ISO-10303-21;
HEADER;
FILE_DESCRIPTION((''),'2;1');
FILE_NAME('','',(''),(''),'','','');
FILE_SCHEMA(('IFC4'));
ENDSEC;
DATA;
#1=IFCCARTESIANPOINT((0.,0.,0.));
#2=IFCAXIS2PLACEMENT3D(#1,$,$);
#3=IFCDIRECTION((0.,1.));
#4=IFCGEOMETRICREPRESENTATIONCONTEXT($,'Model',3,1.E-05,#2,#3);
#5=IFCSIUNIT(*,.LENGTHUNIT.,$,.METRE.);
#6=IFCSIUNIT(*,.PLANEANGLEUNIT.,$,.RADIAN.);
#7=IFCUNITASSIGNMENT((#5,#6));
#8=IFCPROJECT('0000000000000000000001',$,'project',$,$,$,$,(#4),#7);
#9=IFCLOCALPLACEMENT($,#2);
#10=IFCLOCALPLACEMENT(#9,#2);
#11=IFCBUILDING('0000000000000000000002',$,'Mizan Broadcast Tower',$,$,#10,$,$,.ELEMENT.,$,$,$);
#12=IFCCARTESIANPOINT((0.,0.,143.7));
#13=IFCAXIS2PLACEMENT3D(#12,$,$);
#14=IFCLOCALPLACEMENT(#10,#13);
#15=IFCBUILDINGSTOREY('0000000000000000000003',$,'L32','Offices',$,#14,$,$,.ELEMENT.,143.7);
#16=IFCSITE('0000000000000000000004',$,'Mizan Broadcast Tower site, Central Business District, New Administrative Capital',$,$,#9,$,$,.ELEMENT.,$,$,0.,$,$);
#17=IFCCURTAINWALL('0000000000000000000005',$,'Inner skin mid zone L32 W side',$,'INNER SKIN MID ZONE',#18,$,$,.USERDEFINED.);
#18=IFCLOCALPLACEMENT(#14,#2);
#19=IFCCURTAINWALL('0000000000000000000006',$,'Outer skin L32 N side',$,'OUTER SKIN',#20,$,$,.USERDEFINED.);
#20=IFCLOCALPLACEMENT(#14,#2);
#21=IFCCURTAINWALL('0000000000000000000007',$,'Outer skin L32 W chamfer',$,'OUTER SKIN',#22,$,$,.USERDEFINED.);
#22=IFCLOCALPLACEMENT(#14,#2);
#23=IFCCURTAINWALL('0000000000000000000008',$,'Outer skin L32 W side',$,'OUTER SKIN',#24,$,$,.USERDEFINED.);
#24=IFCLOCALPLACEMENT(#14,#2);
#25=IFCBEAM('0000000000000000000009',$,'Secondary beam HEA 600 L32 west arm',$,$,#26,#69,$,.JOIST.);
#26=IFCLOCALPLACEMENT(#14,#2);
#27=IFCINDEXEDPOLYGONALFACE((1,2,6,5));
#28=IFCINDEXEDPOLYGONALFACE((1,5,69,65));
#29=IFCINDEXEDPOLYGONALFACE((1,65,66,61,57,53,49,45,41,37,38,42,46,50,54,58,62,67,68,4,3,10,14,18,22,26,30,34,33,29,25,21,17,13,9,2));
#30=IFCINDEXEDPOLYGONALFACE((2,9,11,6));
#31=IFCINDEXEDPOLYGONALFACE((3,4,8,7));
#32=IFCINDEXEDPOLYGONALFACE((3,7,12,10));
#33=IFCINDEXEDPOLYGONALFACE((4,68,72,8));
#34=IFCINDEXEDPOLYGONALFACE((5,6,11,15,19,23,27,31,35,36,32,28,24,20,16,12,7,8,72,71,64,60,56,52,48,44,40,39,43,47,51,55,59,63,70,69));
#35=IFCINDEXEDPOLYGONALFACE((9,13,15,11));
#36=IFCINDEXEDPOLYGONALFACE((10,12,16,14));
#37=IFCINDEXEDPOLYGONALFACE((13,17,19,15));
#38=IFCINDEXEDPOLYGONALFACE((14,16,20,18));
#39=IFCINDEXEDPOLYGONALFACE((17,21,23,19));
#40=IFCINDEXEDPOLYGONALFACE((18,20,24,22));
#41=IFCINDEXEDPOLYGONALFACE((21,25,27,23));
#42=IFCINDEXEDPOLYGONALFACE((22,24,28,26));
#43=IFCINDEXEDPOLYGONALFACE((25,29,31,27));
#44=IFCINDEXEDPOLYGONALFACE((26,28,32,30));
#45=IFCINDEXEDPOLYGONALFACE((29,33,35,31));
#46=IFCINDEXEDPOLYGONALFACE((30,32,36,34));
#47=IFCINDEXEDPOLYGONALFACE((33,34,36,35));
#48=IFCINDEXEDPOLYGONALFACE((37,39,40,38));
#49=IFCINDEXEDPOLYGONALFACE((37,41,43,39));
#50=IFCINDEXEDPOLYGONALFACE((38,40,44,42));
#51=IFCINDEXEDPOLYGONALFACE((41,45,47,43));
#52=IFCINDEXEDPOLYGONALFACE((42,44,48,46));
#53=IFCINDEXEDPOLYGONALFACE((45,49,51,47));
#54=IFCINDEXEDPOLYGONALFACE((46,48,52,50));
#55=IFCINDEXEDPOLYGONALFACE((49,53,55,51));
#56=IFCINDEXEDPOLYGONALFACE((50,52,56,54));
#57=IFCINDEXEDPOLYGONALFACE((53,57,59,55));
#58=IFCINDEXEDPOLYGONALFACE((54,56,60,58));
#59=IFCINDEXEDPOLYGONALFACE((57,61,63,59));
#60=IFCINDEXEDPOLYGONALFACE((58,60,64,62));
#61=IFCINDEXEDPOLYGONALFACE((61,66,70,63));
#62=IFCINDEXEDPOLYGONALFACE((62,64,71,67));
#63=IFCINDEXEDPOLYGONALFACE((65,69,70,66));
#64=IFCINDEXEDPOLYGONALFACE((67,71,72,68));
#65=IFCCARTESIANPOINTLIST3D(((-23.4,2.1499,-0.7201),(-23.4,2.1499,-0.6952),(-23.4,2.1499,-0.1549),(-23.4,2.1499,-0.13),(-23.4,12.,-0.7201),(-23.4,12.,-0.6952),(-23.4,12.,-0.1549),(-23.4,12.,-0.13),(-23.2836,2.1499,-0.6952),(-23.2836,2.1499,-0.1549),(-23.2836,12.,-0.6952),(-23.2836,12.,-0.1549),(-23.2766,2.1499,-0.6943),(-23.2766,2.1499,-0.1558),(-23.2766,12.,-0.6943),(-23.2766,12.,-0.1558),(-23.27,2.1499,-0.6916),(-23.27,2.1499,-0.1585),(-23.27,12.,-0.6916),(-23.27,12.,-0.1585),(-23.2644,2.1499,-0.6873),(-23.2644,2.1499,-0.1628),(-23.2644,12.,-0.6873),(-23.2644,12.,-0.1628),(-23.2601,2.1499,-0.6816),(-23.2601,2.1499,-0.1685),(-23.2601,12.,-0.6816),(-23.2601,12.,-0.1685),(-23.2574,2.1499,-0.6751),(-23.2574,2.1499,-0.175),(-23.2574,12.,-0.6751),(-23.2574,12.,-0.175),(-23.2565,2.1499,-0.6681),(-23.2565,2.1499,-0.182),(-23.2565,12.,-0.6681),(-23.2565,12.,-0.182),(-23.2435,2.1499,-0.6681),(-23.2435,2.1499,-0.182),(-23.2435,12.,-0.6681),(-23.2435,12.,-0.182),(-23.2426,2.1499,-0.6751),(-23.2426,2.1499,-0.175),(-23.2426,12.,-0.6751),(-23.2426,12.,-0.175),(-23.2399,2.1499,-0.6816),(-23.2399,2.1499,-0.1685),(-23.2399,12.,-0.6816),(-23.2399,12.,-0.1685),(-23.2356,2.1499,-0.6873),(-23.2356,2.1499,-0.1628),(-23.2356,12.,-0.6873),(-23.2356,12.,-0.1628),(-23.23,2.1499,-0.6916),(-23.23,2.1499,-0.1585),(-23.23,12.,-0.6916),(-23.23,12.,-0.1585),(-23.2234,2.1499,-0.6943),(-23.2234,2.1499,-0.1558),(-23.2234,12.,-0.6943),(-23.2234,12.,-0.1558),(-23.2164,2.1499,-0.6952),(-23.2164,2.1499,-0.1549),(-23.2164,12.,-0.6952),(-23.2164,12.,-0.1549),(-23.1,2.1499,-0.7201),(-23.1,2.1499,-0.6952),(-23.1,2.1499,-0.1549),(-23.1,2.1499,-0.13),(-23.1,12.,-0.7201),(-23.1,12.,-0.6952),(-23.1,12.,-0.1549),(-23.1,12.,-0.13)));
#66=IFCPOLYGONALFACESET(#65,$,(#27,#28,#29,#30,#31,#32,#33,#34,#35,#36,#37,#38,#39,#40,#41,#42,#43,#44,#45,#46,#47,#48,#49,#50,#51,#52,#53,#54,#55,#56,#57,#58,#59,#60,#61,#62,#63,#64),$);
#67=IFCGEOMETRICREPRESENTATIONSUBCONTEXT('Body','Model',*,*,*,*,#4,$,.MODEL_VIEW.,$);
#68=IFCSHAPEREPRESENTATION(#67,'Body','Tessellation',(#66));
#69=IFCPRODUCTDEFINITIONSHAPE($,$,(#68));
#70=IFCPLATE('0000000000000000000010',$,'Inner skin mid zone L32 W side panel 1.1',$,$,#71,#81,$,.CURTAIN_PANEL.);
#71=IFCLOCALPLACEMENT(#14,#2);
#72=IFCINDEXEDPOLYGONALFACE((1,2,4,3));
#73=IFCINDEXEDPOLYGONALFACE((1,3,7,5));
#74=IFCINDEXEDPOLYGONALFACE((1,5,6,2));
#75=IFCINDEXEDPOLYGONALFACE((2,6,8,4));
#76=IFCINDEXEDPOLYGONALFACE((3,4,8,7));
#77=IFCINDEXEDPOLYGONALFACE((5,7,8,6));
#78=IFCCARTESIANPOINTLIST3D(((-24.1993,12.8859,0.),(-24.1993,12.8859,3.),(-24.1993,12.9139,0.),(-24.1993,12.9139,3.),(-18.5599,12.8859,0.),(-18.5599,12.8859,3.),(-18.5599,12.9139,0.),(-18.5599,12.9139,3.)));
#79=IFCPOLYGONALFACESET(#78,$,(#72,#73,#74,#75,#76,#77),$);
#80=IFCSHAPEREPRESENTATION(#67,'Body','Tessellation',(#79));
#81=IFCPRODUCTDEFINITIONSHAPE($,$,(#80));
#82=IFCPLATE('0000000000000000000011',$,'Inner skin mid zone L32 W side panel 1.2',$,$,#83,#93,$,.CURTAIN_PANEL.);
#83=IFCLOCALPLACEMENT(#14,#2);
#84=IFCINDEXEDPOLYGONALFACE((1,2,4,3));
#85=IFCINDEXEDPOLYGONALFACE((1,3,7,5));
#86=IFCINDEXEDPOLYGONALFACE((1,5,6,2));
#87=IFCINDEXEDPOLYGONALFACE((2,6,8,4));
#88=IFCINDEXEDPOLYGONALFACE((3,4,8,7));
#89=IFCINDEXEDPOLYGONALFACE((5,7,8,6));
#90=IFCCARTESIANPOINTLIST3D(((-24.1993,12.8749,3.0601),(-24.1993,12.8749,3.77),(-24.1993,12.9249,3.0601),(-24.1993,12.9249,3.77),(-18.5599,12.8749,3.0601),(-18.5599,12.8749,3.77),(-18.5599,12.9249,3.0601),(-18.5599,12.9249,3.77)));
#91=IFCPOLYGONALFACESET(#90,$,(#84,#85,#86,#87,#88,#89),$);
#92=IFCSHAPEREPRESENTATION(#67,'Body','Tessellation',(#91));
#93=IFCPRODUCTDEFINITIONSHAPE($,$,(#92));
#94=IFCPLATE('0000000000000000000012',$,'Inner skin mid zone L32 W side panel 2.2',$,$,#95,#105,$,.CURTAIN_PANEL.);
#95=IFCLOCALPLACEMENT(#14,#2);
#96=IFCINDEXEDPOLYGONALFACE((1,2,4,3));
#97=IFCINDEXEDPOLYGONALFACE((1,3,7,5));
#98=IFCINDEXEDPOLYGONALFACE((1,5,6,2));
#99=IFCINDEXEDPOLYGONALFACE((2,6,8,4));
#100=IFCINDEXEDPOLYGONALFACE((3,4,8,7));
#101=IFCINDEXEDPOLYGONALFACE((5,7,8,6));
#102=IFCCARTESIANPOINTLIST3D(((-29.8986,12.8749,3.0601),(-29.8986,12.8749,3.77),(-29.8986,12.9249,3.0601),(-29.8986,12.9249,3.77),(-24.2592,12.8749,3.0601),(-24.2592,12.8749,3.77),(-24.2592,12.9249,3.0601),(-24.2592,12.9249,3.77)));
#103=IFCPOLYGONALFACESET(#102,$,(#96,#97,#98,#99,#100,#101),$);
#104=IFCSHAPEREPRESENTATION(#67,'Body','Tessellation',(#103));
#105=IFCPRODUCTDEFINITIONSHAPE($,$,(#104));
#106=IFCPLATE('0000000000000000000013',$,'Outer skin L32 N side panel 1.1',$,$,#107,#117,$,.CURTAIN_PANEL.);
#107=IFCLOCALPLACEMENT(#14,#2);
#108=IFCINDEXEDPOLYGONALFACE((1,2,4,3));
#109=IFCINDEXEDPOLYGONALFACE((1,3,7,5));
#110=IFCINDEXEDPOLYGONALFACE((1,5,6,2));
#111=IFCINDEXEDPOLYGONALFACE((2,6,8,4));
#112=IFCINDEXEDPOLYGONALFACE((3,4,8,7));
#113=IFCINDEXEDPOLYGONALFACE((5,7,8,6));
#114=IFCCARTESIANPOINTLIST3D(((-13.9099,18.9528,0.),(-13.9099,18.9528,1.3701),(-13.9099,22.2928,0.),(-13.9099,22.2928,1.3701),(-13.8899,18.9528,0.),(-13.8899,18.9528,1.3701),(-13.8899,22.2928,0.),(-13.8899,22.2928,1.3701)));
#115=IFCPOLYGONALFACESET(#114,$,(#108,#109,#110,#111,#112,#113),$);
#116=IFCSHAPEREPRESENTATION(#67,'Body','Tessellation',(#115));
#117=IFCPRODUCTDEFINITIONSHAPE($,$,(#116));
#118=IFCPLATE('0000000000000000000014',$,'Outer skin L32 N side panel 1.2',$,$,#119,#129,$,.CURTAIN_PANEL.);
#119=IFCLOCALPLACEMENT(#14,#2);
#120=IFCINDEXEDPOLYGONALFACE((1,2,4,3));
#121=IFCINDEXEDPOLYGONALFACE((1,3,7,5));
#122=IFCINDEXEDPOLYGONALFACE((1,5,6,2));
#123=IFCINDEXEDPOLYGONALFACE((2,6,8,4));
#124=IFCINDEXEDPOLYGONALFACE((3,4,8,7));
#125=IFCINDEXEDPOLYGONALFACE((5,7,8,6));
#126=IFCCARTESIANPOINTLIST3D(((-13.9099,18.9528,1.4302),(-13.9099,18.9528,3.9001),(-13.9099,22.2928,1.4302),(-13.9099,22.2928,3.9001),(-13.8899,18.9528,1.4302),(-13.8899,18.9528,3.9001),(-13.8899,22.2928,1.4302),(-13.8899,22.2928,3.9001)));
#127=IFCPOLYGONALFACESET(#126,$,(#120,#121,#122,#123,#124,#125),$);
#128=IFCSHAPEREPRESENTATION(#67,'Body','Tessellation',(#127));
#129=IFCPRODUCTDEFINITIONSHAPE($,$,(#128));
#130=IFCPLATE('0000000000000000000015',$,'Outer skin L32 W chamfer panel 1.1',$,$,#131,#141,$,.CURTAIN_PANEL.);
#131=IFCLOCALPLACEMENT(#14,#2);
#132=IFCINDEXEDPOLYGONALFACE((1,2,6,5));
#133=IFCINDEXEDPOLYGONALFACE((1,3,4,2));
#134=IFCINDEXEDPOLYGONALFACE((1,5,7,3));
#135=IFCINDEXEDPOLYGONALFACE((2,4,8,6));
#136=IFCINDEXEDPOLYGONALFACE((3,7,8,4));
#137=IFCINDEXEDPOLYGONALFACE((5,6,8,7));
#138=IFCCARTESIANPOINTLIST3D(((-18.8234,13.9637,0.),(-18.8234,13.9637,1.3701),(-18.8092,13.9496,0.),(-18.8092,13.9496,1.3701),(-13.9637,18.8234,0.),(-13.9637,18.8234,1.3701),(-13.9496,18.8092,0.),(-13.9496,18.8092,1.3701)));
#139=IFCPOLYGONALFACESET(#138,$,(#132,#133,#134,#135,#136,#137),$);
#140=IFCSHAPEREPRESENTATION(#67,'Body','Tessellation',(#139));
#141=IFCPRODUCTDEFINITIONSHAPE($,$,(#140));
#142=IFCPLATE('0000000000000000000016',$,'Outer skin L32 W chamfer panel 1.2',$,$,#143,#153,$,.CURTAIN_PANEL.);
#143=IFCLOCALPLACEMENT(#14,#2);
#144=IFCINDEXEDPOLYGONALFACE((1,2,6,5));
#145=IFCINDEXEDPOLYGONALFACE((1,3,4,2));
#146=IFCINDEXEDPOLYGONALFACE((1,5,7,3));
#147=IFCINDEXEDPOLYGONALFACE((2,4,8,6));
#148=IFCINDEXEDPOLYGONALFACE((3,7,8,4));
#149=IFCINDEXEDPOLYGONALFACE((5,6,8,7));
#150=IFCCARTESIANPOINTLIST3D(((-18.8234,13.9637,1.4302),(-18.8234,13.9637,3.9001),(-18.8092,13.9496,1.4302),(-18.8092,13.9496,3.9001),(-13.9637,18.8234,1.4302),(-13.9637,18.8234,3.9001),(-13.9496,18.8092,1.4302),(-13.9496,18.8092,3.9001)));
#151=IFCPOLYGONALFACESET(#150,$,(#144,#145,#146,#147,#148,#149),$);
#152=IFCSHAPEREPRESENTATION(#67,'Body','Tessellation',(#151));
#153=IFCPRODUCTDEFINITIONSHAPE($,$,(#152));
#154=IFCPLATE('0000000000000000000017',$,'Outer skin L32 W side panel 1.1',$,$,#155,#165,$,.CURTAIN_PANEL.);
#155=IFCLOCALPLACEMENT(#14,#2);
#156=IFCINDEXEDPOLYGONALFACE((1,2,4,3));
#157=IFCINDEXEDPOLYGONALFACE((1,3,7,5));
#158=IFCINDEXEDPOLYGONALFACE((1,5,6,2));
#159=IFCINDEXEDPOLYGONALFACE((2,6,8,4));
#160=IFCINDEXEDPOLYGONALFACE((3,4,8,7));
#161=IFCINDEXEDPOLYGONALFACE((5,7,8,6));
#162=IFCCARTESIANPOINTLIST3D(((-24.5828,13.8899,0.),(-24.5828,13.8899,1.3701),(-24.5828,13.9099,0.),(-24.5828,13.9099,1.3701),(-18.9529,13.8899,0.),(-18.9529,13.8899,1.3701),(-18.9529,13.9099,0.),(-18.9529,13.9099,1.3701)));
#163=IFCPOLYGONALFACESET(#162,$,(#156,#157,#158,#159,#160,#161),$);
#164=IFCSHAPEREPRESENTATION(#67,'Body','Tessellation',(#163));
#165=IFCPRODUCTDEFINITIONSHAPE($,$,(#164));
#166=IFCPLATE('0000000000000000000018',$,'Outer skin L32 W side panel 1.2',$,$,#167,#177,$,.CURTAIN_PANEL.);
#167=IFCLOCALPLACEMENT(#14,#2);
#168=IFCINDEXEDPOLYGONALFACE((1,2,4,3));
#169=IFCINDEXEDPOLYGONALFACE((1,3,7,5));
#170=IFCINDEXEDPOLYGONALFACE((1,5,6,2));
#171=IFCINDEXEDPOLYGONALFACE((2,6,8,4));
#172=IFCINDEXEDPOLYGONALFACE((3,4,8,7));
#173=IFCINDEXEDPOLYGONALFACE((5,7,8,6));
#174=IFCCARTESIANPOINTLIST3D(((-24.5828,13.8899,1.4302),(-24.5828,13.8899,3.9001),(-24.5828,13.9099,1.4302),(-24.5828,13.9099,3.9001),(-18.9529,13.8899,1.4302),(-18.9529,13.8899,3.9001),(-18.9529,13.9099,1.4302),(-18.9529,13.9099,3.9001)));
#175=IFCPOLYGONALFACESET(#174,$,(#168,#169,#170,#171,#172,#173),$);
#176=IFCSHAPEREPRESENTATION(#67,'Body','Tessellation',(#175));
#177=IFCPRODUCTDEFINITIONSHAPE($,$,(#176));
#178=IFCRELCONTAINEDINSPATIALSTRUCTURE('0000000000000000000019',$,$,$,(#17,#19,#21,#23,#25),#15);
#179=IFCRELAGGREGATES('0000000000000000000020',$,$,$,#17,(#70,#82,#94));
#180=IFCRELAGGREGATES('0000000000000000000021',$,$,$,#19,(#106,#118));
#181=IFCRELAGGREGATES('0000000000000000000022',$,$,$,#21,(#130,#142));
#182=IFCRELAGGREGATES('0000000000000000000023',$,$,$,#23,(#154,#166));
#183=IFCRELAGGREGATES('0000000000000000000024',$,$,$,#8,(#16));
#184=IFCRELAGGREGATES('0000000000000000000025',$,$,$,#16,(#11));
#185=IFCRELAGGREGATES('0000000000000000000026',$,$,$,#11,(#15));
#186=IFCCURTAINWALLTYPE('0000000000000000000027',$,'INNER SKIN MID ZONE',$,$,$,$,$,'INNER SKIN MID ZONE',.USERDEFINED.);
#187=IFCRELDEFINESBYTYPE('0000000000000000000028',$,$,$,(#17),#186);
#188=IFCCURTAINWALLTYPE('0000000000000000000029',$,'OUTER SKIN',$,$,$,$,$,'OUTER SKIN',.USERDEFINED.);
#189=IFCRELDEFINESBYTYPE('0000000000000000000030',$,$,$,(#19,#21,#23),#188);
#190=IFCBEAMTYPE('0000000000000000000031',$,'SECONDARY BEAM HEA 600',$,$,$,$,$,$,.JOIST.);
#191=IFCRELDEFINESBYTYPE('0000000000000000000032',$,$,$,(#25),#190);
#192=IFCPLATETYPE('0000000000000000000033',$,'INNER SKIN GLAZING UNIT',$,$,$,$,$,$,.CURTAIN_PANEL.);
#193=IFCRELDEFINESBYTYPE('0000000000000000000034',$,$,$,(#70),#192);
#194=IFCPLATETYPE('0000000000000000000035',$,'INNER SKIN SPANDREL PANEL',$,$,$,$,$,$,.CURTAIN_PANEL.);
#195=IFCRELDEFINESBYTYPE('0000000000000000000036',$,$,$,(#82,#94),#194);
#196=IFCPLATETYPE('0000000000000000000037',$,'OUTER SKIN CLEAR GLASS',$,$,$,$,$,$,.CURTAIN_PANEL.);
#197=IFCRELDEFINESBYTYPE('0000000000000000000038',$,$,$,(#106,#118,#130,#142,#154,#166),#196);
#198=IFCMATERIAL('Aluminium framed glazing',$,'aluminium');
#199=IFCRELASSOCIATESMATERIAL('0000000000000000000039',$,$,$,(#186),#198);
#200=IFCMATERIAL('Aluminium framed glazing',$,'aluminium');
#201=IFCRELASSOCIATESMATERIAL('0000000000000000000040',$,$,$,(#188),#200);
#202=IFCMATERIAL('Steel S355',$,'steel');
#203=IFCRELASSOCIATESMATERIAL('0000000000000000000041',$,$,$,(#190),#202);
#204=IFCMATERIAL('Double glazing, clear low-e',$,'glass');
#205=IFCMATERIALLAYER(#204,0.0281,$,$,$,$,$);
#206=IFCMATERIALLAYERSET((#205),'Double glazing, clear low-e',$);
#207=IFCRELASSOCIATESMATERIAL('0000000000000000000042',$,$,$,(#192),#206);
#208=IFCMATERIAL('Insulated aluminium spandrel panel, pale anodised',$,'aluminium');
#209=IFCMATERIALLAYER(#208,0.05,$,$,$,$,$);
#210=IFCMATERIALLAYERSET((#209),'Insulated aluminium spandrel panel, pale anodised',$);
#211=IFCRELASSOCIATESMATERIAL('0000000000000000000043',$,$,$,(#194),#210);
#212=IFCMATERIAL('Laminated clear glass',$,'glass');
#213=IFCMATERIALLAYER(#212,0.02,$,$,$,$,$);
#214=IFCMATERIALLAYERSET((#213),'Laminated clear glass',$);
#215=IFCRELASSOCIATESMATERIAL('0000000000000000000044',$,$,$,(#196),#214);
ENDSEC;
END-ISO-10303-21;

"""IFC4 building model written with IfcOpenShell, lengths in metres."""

from ifc_helpers import new_model, si_unit, direction, frame, origin, origin_2d, place, context, subcontext, project, spatial, rectangle, i_section, extrude, material, layer, layer_set, material_profile, profile_set, type_object, element, aggregate, save


model = new_model("IFC4")

# Units and contexts
model_context = context("Model", 3, precision=1e-05, world=origin(), true_north=direction((0.0, 1.0)))
body_context = subcontext(model_context, "Body", "Model", "MODEL_VIEW")
ifc_project = project(units=[si_unit("LENGTHUNIT", "METRE"), si_unit("PLANEANGLEUNIT", "RADIAN")], contexts=[model_context])

# Site, building, storey
site_placement = place(None, origin())
site = spatial("IfcSite", under=ifc_project, at=site_placement, Name="Mizan Broadcast Tower site, Central Business District, New Administrative Capital", CompositionType="ELEMENT", RefElevation=0.0)
building_placement = place(site_placement, origin())
building = spatial("IfcBuilding", under=site, at=building_placement, Name="Mizan Broadcast Tower", CompositionType="ELEMENT")
storey_placement = place(building_placement, frame((0.0, 0.0, 143.7)))
storey = spatial("IfcBuildingStorey", under=building, at=storey_placement, Name="L32", Description="Offices", CompositionType="ELEMENT", Elevation=143.7)

# Curtain wall
ifc_material_1 = material(Name="Aluminium framed glazing", Category="aluminium")
curtain_wall_type_1 = type_object("IfcCurtainWallType", Name="INNER SKIN MID ZONE", ElementType="INNER SKIN MID ZONE", PredefinedType="USERDEFINED", material=ifc_material_1)
curtain_wall_1_placement = place(storey_placement, origin())
curtain_wall_1 = element("IfcCurtainWall", 1, at=curtain_wall_1_placement, inside=storey, type_object=curtain_wall_type_1, Name="Inner skin mid zone L32 W side", ObjectType="INNER SKIN MID ZONE", PredefinedType="USERDEFINED")

# Curtain walls
ifc_material_2 = material(Name="Aluminium framed glazing", Category="aluminium")
curtain_wall_type_2 = type_object("IfcCurtainWallType", Name="OUTER SKIN", ElementType="OUTER SKIN", PredefinedType="USERDEFINED", material=ifc_material_2)
curtain_wall_2_placement = place(storey_placement, origin())
curtain_wall_2 = element("IfcCurtainWall", 2, at=curtain_wall_2_placement, inside=storey, type_object=curtain_wall_type_2, Name="Outer skin L32 N side", ObjectType="OUTER SKIN", PredefinedType="USERDEFINED")
curtain_wall_3_placement = place(storey_placement, origin())
curtain_wall_3 = element("IfcCurtainWall", 3, at=curtain_wall_3_placement, inside=storey, type_object=curtain_wall_type_2, Name="Outer skin L32 W chamfer", ObjectType="OUTER SKIN", PredefinedType="USERDEFINED")
curtain_wall_4_placement = place(storey_placement, origin())
curtain_wall_4 = element("IfcCurtainWall", 4, at=curtain_wall_4_placement, inside=storey, type_object=curtain_wall_type_2, Name="Outer skin L32 W side", ObjectType="OUTER SKIN", PredefinedType="USERDEFINED")

# Beam
ifc_material_3 = material(Name="Steel S355", Category="steel")
ifc_material_profile_1 = material_profile(ifc_material_3, i_section(OverallWidth=0.3, OverallDepth=0.5901, WebThickness=0.0129, FlangeThickness=0.0249, FilletRadius=0.0271, at=origin_2d()), Name="HEA 600")
ifc_profile_set_1 = profile_set([ifc_material_profile_1], Name="Steel S355")
beam_type_1 = type_object("IfcBeamType", Name="SECONDARY BEAM HEA 600", PredefinedType="JOIST", material=ifc_profile_set_1)
for number, where, z_axis, x_axis, name in (
    (5, (-23.25, 12.0, -0.425), (0.0, -1.0, 0.0), (1.0, 0.0, 0.0), "Secondary beam HEA 600 L32 west arm"),
):
    element("IfcBeam", number, at=place(storey_placement, frame(where, z_axis=z_axis, x_axis=x_axis)), inside=storey, type_object=beam_type_1, Name=name, PredefinedType="JOIST", context=body_context, shape_type="SweptSolid", body=[
        extrude(i_section(OverallWidth=0.3, OverallDepth=0.5901, WebThickness=0.0129, FlangeThickness=0.0249, FilletRadius=0.0271, at=origin_2d()), origin(), (0.0, 0.0, 1.0), 9.8501),
    ])

# Plates
ifc_material_4 = material(Name="Double glazing, clear low-e", Category="glass")
ifc_layer_1 = layer(ifc_material_4, 0.0281)
ifc_layer_set_1 = layer_set([ifc_layer_1], Name="Double glazing, clear low-e")
plate_type_1 = type_object("IfcPlateType", Name="INNER SKIN GLAZING UNIT", PredefinedType="CURTAIN_PANEL", material=ifc_layer_set_1)
plate_1_placement = place(storey_placement, frame((-21.3796, 12.8999, 0.0), z_axis=(0.0, 0.0, 1.0), x_axis=(-1.0, 0.0, 0.0)))
plate_1 = element("IfcPlate", 6, at=plate_1_placement, type_object=plate_type_1, Name="Inner skin mid zone L32 W side panel 1.1", PredefinedType="CURTAIN_PANEL", context=body_context, shape_type="SweptSolid", body=[
    extrude(rectangle(XDim=5.6394, YDim=0.0281, at=origin_2d()), origin(), (0.0, 0.0, 1.0), 3.0),
])
ifc_material_5 = material(Name="Insulated aluminium spandrel panel, pale anodised", Category="aluminium")
ifc_layer_2 = layer(ifc_material_5, 0.05)
ifc_layer_set_2 = layer_set([ifc_layer_2], Name="Insulated aluminium spandrel panel, pale anodised")
plate_type_2 = type_object("IfcPlateType", Name="INNER SKIN SPANDREL PANEL", PredefinedType="CURTAIN_PANEL", material=ifc_layer_set_2)
plate_2_placement = place(storey_placement, frame((-21.3796, 12.8999, 3.0601), z_axis=(0.0, 0.0, 1.0), x_axis=(-1.0, 0.0, 0.0)))
plate_2 = element("IfcPlate", 7, at=plate_2_placement, type_object=plate_type_2, Name="Inner skin mid zone L32 W side panel 1.2", PredefinedType="CURTAIN_PANEL", context=body_context, shape_type="SweptSolid", body=[
    extrude(rectangle(XDim=5.6394, YDim=0.05, at=origin_2d()), origin(), (0.0, 0.0, 1.0), 0.71),
])
plate_3_placement = place(storey_placement, frame((-27.0789, 12.8999, 3.0601), z_axis=(0.0, 0.0, 1.0), x_axis=(-1.0, 0.0, 0.0)))
plate_3 = element("IfcPlate", 8, at=plate_3_placement, type_object=plate_type_2, Name="Inner skin mid zone L32 W side panel 2.2", PredefinedType="CURTAIN_PANEL", context=body_context, shape_type="SweptSolid", body=[
    extrude(rectangle(XDim=5.6394, YDim=0.05, at=origin_2d()), origin(), (0.0, 0.0, 1.0), 0.71),
])
aggregate(curtain_wall_1, [plate_1, plate_2, plate_3])
ifc_material_6 = material(Name="Laminated clear glass", Category="glass")
ifc_layer_3 = layer(ifc_material_6, 0.02)
ifc_layer_set_3 = layer_set([ifc_layer_3], Name="Laminated clear glass")
plate_type_3 = type_object("IfcPlateType", Name="OUTER SKIN CLEAR GLASS", PredefinedType="CURTAIN_PANEL", material=ifc_layer_set_3)
plate_4_placement = place(storey_placement, frame((-13.8999, 20.6228, 0.0), z_axis=(0.0, 0.0, 1.0), x_axis=(0.0, -1.0, 0.0)))
plate_4 = element("IfcPlate", 9, at=plate_4_placement, type_object=plate_type_3, Name="Outer skin L32 N side panel 1.1", PredefinedType="CURTAIN_PANEL", context=body_context, shape_type="SweptSolid", body=[
    extrude(rectangle(XDim=3.3401, YDim=0.02, at=origin_2d()), origin(), (0.0, 0.0, 1.0), 1.3701),
])
plate_5_placement = place(storey_placement, frame((-13.8999, 20.6228, 1.4302), z_axis=(0.0, 0.0, 1.0), x_axis=(0.0, -1.0, 0.0)))
plate_5 = element("IfcPlate", 10, at=plate_5_placement, type_object=plate_type_3, Name="Outer skin L32 N side panel 1.2", PredefinedType="CURTAIN_PANEL", context=body_context, shape_type="SweptSolid", body=[
    extrude(rectangle(XDim=3.3401, YDim=0.02, at=origin_2d()), origin(), (0.0, 0.0, 1.0), 2.47),
])
aggregate(curtain_wall_2, [plate_4, plate_5])
plate_6_placement = place(storey_placement, frame((-16.3865, 16.3865, 0.0), z_axis=(0.0, 0.0, 1.0), x_axis=(-0.707107, -0.707107, 0.0)))
plate_6 = element("IfcPlate", 11, at=plate_6_placement, type_object=plate_type_3, Name="Outer skin L32 W chamfer panel 1.1", PredefinedType="CURTAIN_PANEL", context=body_context, shape_type="SweptSolid", body=[
    extrude(rectangle(XDim=6.8726, YDim=0.02, at=origin_2d()), origin(), (0.0, 0.0, 1.0), 1.3701),
])
plate_7_placement = place(storey_placement, frame((-16.3865, 16.3865, 1.4302), z_axis=(0.0, 0.0, 1.0), x_axis=(-0.707107, -0.707107, 0.0)))
plate_7 = element("IfcPlate", 12, at=plate_7_placement, type_object=plate_type_3, Name="Outer skin L32 W chamfer panel 1.2", PredefinedType="CURTAIN_PANEL", context=body_context, shape_type="SweptSolid", body=[
    extrude(rectangle(XDim=6.8726, YDim=0.02, at=origin_2d()), origin(), (0.0, 0.0, 1.0), 2.47),
])
aggregate(curtain_wall_3, [plate_6, plate_7])
plate_8_placement = place(storey_placement, frame((-21.7678, 13.8999, 0.0), z_axis=(0.0, 0.0, 1.0), x_axis=(-1.0, 0.0, 0.0)))
plate_8 = element("IfcPlate", 13, at=plate_8_placement, type_object=plate_type_3, Name="Outer skin L32 W side panel 1.1", PredefinedType="CURTAIN_PANEL", context=body_context, shape_type="SweptSolid", body=[
    extrude(rectangle(XDim=5.6299, YDim=0.02, at=origin_2d()), origin(), (0.0, 0.0, 1.0), 1.3701),
])
plate_9_placement = place(storey_placement, frame((-21.7678, 13.8999, 1.4302), z_axis=(0.0, 0.0, 1.0), x_axis=(-1.0, 0.0, 0.0)))
plate_9 = element("IfcPlate", 14, at=plate_9_placement, type_object=plate_type_3, Name="Outer skin L32 W side panel 1.2", PredefinedType="CURTAIN_PANEL", context=body_context, shape_type="SweptSolid", body=[
    extrude(rectangle(XDim=5.6299, YDim=0.02, at=origin_2d()), origin(), (0.0, 0.0, 1.0), 2.47),
])
aggregate(curtain_wall_4, [plate_8, plate_9])

save(model, "model.ifc")
